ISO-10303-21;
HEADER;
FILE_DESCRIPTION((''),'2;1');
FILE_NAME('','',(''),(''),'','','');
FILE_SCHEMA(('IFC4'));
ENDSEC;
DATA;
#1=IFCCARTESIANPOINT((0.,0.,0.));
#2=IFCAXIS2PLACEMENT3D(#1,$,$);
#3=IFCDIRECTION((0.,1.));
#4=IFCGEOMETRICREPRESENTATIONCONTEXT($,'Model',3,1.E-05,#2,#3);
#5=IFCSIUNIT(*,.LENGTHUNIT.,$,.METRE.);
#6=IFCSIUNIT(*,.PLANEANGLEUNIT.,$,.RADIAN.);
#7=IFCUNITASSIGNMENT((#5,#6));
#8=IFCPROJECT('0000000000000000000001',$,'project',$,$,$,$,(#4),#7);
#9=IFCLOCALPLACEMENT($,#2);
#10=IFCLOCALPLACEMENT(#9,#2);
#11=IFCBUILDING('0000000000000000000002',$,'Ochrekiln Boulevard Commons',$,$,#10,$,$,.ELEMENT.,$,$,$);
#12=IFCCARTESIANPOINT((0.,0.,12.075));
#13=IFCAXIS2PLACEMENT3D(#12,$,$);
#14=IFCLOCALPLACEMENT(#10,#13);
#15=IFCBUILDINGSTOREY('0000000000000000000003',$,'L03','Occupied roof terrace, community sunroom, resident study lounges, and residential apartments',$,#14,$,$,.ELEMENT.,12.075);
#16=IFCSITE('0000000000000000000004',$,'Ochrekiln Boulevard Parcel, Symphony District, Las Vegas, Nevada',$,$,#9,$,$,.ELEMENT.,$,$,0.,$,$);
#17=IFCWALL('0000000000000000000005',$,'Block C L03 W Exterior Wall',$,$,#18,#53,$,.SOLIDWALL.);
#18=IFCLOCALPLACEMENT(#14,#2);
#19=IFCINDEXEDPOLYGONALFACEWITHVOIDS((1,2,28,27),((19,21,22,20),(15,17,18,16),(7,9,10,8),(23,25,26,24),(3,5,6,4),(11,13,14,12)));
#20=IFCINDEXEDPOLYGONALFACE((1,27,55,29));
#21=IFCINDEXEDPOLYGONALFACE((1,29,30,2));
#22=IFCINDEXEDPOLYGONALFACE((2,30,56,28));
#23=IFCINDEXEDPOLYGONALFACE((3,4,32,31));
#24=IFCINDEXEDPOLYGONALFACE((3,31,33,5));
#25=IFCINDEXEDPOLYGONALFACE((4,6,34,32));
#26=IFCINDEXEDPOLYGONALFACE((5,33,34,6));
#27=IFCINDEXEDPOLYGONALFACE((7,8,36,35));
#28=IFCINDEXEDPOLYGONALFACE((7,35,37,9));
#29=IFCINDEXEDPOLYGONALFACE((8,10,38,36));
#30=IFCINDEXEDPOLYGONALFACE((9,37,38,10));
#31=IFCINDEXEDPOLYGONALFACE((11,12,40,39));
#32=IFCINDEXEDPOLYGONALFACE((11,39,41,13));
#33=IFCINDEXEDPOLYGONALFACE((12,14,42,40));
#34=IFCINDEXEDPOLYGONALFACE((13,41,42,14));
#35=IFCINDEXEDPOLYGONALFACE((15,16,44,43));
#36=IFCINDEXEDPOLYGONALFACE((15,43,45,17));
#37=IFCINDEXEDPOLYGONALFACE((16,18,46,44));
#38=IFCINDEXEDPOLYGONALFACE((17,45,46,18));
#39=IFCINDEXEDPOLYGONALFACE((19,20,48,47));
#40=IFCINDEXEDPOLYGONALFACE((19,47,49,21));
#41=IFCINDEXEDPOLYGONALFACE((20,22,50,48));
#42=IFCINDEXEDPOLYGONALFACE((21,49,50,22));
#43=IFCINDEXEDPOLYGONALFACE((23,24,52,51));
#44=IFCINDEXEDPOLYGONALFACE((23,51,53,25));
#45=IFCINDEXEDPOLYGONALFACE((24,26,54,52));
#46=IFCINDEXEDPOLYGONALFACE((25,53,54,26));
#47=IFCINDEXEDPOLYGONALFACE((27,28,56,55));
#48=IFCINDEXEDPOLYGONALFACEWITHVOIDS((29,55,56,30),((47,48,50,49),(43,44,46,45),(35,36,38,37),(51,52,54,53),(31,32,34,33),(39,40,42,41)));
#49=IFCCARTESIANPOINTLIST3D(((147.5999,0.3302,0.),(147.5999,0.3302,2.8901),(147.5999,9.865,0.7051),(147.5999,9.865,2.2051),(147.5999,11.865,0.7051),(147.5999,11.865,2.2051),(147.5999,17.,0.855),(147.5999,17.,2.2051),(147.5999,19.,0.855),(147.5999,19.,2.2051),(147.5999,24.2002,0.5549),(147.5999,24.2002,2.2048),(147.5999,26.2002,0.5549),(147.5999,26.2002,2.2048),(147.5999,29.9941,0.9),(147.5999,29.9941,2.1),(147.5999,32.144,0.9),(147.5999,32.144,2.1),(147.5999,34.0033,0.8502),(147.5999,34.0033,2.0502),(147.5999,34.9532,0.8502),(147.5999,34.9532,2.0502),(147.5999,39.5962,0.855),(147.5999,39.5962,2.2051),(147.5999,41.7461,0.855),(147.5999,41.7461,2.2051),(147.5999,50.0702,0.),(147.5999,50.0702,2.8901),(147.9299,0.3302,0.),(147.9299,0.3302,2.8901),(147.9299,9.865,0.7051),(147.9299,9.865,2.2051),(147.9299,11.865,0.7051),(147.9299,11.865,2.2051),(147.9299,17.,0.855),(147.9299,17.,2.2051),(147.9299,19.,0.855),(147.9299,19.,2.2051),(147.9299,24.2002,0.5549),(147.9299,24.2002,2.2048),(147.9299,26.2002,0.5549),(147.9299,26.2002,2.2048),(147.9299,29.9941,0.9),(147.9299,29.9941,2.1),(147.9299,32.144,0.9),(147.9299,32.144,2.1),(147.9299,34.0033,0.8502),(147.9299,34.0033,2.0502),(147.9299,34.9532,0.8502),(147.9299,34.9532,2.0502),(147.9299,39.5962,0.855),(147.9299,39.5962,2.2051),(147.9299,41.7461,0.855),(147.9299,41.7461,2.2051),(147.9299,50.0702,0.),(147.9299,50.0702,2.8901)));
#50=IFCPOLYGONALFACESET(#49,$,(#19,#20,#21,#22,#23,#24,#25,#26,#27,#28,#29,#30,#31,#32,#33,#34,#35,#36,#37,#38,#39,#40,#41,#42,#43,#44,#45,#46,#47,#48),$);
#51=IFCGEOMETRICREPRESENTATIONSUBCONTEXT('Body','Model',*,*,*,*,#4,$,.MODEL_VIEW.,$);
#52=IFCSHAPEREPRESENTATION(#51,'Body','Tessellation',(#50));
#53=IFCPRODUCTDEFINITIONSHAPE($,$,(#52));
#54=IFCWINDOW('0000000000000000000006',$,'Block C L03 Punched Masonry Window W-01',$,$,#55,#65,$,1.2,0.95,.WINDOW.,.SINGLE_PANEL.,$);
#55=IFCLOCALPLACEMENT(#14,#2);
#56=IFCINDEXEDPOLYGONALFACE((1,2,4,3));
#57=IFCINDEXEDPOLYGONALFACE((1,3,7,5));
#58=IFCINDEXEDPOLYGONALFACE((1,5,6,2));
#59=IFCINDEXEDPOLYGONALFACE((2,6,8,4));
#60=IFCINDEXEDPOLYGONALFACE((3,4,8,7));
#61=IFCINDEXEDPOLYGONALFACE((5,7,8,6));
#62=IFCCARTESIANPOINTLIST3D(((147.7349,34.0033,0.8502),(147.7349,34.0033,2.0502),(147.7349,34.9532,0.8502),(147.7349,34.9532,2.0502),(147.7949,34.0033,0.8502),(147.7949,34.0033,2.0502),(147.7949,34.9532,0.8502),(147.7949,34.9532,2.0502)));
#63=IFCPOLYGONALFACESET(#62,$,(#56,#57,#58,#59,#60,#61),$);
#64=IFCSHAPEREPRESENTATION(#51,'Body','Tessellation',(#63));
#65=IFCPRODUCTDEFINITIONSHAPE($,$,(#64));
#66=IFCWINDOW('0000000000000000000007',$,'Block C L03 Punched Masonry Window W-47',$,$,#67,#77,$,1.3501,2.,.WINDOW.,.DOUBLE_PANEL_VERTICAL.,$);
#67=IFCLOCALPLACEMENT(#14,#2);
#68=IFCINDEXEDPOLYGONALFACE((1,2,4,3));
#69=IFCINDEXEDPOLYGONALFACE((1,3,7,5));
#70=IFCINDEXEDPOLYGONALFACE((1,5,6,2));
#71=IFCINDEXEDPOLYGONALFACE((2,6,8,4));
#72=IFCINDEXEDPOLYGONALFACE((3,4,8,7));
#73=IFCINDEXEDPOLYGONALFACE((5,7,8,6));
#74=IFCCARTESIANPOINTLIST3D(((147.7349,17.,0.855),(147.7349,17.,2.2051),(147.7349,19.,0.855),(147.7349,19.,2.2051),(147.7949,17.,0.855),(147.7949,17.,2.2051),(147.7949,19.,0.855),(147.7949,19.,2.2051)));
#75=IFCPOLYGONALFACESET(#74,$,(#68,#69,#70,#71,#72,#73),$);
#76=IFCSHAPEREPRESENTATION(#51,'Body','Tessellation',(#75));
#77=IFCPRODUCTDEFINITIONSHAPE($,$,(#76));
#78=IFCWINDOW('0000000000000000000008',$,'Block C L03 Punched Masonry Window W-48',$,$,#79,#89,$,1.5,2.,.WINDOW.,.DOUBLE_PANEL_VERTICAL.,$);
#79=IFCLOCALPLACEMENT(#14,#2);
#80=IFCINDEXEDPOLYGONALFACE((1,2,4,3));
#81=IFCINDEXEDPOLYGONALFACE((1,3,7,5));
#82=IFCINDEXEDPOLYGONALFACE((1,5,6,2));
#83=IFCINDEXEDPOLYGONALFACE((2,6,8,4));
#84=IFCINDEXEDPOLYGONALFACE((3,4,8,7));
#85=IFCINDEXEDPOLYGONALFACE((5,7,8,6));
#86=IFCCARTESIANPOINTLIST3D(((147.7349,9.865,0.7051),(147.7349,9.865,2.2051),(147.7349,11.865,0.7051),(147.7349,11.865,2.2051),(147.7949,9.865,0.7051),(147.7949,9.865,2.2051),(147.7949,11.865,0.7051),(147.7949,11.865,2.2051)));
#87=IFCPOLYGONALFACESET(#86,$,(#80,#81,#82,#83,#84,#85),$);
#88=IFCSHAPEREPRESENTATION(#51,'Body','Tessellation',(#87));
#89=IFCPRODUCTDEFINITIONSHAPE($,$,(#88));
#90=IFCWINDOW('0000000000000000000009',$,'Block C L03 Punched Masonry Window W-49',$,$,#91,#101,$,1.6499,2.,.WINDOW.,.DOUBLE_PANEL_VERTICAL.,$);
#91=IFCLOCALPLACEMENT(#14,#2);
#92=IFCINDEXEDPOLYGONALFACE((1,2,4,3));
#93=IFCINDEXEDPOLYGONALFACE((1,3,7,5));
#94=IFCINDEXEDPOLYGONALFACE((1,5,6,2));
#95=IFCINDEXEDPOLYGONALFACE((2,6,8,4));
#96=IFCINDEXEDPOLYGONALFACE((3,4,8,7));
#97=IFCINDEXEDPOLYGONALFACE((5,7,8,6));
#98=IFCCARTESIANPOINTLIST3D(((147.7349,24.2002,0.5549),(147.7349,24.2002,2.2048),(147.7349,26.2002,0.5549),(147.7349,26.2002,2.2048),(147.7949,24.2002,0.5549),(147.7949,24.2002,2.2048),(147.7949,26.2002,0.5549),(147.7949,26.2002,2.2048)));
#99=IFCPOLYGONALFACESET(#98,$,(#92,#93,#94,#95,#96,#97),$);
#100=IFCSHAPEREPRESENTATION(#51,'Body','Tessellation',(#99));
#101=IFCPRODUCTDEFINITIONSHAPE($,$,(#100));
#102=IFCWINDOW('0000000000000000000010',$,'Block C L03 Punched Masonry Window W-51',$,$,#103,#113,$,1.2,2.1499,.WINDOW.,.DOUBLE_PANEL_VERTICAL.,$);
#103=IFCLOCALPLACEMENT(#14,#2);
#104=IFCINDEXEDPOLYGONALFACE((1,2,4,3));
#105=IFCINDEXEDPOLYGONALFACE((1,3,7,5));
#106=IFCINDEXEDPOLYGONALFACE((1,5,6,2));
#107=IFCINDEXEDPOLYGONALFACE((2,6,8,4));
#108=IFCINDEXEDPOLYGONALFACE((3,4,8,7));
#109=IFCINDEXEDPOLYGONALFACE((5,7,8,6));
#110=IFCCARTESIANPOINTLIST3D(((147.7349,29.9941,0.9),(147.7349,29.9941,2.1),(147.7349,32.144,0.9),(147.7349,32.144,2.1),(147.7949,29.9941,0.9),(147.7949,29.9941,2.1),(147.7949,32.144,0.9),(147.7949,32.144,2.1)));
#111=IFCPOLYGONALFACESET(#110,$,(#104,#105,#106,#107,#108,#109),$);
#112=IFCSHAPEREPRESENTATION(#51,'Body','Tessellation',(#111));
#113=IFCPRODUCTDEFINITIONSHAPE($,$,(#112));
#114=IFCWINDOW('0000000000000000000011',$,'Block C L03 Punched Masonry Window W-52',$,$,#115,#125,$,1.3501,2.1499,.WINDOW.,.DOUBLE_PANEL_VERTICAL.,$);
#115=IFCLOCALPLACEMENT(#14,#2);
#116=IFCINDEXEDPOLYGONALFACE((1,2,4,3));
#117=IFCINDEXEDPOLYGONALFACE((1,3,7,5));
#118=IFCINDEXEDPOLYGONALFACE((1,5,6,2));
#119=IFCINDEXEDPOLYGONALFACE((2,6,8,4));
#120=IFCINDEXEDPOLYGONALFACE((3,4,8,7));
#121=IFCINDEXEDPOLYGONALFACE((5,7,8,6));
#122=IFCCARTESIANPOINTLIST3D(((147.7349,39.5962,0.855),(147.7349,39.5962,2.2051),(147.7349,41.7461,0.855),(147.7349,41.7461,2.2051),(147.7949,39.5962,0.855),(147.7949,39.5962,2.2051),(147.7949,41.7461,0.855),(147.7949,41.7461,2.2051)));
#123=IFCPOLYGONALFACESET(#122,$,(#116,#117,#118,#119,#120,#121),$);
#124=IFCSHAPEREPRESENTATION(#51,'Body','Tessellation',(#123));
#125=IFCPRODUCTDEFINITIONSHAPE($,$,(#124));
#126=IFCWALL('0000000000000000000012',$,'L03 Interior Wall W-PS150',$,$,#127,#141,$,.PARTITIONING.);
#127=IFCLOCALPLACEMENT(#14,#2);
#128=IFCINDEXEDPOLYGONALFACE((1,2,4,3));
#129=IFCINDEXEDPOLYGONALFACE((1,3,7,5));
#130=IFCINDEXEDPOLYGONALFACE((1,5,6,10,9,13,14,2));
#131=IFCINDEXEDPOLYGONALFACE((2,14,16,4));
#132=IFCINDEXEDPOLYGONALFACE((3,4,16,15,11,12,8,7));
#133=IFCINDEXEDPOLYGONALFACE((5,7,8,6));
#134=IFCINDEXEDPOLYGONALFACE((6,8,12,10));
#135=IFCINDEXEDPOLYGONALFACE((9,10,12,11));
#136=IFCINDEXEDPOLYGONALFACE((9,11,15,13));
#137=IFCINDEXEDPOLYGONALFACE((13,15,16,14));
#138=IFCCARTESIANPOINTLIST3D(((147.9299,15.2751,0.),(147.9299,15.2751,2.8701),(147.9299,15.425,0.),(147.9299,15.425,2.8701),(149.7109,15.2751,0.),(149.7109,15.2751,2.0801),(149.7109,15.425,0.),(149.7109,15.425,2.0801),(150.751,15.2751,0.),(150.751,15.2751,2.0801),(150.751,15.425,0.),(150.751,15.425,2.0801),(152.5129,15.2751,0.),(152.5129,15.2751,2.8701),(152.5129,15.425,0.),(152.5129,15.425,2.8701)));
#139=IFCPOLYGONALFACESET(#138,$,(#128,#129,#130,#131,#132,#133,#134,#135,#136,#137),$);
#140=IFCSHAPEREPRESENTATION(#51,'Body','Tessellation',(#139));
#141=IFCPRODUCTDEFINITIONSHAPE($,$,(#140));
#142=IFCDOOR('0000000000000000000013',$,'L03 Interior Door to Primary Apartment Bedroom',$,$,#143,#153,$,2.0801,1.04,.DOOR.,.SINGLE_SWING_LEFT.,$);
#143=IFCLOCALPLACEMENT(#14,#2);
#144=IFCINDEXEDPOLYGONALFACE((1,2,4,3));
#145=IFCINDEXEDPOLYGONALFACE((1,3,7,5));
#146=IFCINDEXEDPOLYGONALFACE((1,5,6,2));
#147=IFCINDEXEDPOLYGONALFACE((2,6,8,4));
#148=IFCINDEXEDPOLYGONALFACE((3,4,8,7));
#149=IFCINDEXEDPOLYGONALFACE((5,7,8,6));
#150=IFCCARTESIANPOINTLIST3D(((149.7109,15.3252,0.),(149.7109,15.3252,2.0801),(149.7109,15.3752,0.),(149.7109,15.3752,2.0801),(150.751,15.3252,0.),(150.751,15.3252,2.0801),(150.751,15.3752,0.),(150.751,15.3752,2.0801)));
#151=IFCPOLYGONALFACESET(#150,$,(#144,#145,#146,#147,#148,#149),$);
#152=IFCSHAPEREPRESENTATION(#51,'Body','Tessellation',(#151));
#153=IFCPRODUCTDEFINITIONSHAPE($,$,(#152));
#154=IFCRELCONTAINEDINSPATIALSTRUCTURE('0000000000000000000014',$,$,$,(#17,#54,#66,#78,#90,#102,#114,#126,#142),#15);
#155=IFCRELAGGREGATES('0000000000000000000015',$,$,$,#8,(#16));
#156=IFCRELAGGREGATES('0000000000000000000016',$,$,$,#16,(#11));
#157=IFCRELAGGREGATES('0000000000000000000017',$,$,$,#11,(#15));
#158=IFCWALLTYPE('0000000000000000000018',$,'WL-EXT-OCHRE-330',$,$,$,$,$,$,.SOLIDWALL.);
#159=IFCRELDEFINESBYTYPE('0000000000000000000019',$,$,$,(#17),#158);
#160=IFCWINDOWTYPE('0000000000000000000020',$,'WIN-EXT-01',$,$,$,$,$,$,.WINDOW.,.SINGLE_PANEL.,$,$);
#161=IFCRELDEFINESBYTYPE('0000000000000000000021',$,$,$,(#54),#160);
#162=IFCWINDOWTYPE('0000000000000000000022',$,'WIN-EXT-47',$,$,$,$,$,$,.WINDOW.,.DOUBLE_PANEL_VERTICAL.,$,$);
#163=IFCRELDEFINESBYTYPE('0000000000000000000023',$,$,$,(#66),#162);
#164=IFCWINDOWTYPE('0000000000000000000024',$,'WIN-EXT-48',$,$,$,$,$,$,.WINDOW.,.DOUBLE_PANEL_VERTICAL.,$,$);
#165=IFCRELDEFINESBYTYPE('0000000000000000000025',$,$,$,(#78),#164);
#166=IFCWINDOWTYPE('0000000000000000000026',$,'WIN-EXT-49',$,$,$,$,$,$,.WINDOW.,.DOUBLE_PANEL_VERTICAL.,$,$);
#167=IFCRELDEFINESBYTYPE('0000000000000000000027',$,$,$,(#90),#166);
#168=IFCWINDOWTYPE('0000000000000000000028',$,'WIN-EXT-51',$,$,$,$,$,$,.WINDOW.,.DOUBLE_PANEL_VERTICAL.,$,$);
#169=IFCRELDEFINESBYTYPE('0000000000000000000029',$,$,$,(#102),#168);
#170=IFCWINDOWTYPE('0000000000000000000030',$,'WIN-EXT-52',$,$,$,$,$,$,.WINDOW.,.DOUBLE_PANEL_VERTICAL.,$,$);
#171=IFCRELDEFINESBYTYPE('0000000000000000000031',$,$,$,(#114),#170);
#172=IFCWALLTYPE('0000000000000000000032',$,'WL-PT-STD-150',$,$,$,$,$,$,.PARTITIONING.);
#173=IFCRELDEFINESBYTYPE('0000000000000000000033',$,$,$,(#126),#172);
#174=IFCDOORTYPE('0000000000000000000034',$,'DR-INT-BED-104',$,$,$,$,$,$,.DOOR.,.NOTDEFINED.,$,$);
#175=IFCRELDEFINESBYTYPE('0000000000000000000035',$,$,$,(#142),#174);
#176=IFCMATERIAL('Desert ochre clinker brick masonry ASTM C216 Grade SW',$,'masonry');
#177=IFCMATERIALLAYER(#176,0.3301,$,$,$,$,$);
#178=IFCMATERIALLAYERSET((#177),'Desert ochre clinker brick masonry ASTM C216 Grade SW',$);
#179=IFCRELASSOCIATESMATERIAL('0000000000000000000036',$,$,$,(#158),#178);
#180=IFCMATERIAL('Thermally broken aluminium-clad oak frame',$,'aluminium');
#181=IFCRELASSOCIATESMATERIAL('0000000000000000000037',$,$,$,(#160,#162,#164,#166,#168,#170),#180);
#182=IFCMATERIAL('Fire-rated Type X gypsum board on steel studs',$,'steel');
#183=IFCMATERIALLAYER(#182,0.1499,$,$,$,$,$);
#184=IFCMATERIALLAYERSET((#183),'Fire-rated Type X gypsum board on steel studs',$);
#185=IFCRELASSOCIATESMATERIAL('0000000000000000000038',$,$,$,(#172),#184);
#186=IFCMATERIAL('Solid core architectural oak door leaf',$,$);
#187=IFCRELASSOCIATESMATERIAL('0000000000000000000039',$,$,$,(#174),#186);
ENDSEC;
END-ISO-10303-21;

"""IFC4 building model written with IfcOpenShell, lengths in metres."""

from ifc_helpers import new_model, si_unit, direction, frame, frame_2d, origin, place, context, subcontext, project, spatial, rectangle, extrude, material, layer, layer_set, type_object, element, fill, save


model = new_model("IFC4")

# Units and contexts
model_context = context("Model", 3, precision=1e-05, world=origin(), true_north=direction((0.0, 1.0)))
body_context = subcontext(model_context, "Body", "Model", "MODEL_VIEW")
ifc_project = project(units=[si_unit("LENGTHUNIT", "METRE"), si_unit("PLANEANGLEUNIT", "RADIAN")], contexts=[model_context])

# Site, building, storey
site_placement = place(None, origin())
site = spatial("IfcSite", under=ifc_project, at=site_placement, Name="Ochrekiln Boulevard Parcel, Symphony District, Las Vegas, Nevada", CompositionType="ELEMENT", RefElevation=0.0)
building_placement = place(site_placement, origin())
building = spatial("IfcBuilding", under=site, at=building_placement, Name="Ochrekiln Boulevard Commons", CompositionType="ELEMENT")
storey_placement = place(building_placement, frame((0.0, 0.0, 12.075)))
storey = spatial("IfcBuildingStorey", under=building, at=storey_placement, Name="L03", Description="Occupied roof terrace, community sunroom, resident study lounges, and residential apartments", CompositionType="ELEMENT", Elevation=12.075)

# Shared definitions
ifc_material_1 = material(Name="Desert ochre clinker brick masonry ASTM C216 Grade SW", Category="masonry")
ifc_layer_1 = layer(ifc_material_1, 0.3301)
ifc_layer_set_1 = layer_set([ifc_layer_1], Name="Desert ochre clinker brick masonry ASTM C216 Grade SW")
wall_type_1 = type_object("IfcWallType", Name="WL-EXT-OCHRE-330", PredefinedType="SOLIDWALL", material=ifc_layer_set_1)

# Wall, openings, windows
wall_1_placement = place(storey_placement, frame((147.7649, 0.3301, 0.0), z_axis=(0.0, 0.0, 1.0), x_axis=(0.0, 1.0, 0.0)))
wall_1 = element("IfcWall", 1, at=wall_1_placement, inside=storey, type_object=wall_type_1, Name="Block C L03 W Exterior Wall", PredefinedType="SOLIDWALL", context=body_context, shape_type="SweptSolid", body=[
    extrude(rectangle(XDim=49.74, YDim=0.3301, at=frame_2d((24.8701, 0.0))), origin(), (0.0, 0.0, 1.0), 2.8901),
])
opening_1_placement = place(wall_1_placement, frame((16.6699, 0.0, 0.855)))
opening_1 = element("IfcOpeningElement", 2, at=opening_1_placement, cuts=wall_1, PredefinedType="OPENING", context=body_context, shape_type="SweptSolid", body=[
    extrude(rectangle(XDim=2.0, YDim=1.3501, at=frame_2d((1.0, 0.675))), frame((0.0, 0.175, 0.0), z_axis=(0.0, -1.0, 0.0), x_axis=(1.0, 0.0, 0.0)), (0.0, 0.0, 1.0), 0.3501),
])
opening_2_placement = place(wall_1_placement, frame((9.5349, 0.0, 0.7051)))
opening_2 = element("IfcOpeningElement", 3, at=opening_2_placement, cuts=wall_1, PredefinedType="OPENING", context=body_context, shape_type="SweptSolid", body=[
    extrude(rectangle(XDim=2.0, YDim=1.5, at=frame_2d((1.0, 0.75))), frame((0.0, 0.175, 0.0), z_axis=(0.0, -1.0, 0.0), x_axis=(1.0, 0.0, 0.0)), (0.0, 0.0, 1.0), 0.3501),
])
opening_3_placement = place(wall_1_placement, frame((23.8701, 0.0, 0.5549)))
opening_3 = element("IfcOpeningElement", 4, at=opening_3_placement, cuts=wall_1, PredefinedType="OPENING", context=body_context, shape_type="SweptSolid", body=[
    extrude(rectangle(XDim=2.0, YDim=1.6499, at=frame_2d((1.0, 0.825))), frame((0.0, 0.175, 0.0), z_axis=(0.0, -1.0, 0.0), x_axis=(1.0, 0.0, 0.0)), (0.0, 0.0, 1.0), 0.3501),
])
opening_4_placement = place(wall_1_placement, frame((33.6731, 0.0, 0.8501)))
opening_4 = element("IfcOpeningElement", 5, at=opening_4_placement, cuts=wall_1, PredefinedType="OPENING", context=body_context, shape_type="SweptSolid", body=[
    extrude(rectangle(XDim=0.95, YDim=1.2, at=frame_2d((0.4751, 0.6001))), frame((0.0, 0.175, 0.0), z_axis=(0.0, -1.0, 0.0), x_axis=(1.0, 0.0, 0.0)), (0.0, 0.0, 1.0), 0.3501),
])
opening_5_placement = place(wall_1_placement, frame((29.6641, 0.0, 0.8999)))
opening_5 = element("IfcOpeningElement", 6, at=opening_5_placement, cuts=wall_1, PredefinedType="OPENING", context=body_context, shape_type="SweptSolid", body=[
    extrude(rectangle(XDim=2.1499, YDim=1.2, at=frame_2d((1.075, 0.6001))), frame((0.0, 0.175, 0.0), z_axis=(0.0, -1.0, 0.0), x_axis=(1.0, 0.0, 0.0)), (0.0, 0.0, 1.0), 0.3501),
])
opening_6_placement = place(wall_1_placement, frame((39.2661, 0.0, 0.855)))
opening_6 = element("IfcOpeningElement", 7, at=opening_6_placement, cuts=wall_1, PredefinedType="OPENING", context=body_context, shape_type="SweptSolid", body=[
    extrude(rectangle(XDim=2.1499, YDim=1.3501, at=frame_2d((1.075, 0.675))), frame((0.0, 0.175, 0.0), z_axis=(0.0, -1.0, 0.0), x_axis=(1.0, 0.0, 0.0)), (0.0, 0.0, 1.0), 0.3501),
])
ifc_material_2 = material(Name="Thermally broken aluminium-clad oak frame", Category="aluminium")
window_type_1 = type_object("IfcWindowType", Name="WIN-EXT-01", PartitioningType="SINGLE_PANEL", PredefinedType="WINDOW", material=ifc_material_2)
window_1_placement = place(opening_4_placement, origin())
window_1 = element("IfcWindow", 8, at=window_1_placement, inside=storey, type_object=window_type_1, Name="Block C L03 Punched Masonry Window W-01", OverallHeight=1.2, OverallWidth=0.95, PartitioningType="SINGLE_PANEL", PredefinedType="WINDOW", context=body_context, shape_type="SweptSolid", body=[
    extrude(rectangle(XDim=0.95, YDim=1.2, at=frame_2d((0.4751, 0.6001))), frame((0.0, 0.03, 0.0), z_axis=(0.0, -1.0, 0.0), x_axis=(1.0, 0.0, 0.0)), (0.0, 0.0, 1.0), 0.0601),
])
fill(opening_4, window_1)
window_type_2 = type_object("IfcWindowType", Name="WIN-EXT-47", PartitioningType="DOUBLE_PANEL_VERTICAL", PredefinedType="WINDOW", material=ifc_material_2)
window_2_placement = place(opening_1_placement, origin())
window_2 = element("IfcWindow", 9, at=window_2_placement, inside=storey, type_object=window_type_2, Name="Block C L03 Punched Masonry Window W-47", OverallHeight=1.3501, OverallWidth=2.0, PartitioningType="DOUBLE_PANEL_VERTICAL", PredefinedType="WINDOW", context=body_context, shape_type="SweptSolid", body=[
    extrude(rectangle(XDim=2.0, YDim=1.3501, at=frame_2d((1.0, 0.675))), frame((0.0, 0.03, 0.0), z_axis=(0.0, -1.0, 0.0), x_axis=(1.0, 0.0, 0.0)), (0.0, 0.0, 1.0), 0.0601),
])
fill(opening_1, window_2)
window_type_3 = type_object("IfcWindowType", Name="WIN-EXT-48", PartitioningType="DOUBLE_PANEL_VERTICAL", PredefinedType="WINDOW", material=ifc_material_2)
window_3_placement = place(opening_2_placement, origin())
window_3 = element("IfcWindow", 10, at=window_3_placement, inside=storey, type_object=window_type_3, Name="Block C L03 Punched Masonry Window W-48", OverallHeight=1.5, OverallWidth=2.0, PartitioningType="DOUBLE_PANEL_VERTICAL", PredefinedType="WINDOW", context=body_context, shape_type="SweptSolid", body=[
    extrude(rectangle(XDim=2.0, YDim=1.5, at=frame_2d((1.0, 0.75))), frame((0.0, 0.03, 0.0), z_axis=(0.0, -1.0, 0.0), x_axis=(1.0, 0.0, 0.0)), (0.0, 0.0, 1.0), 0.0601),
])
fill(opening_2, window_3)
window_type_4 = type_object("IfcWindowType", Name="WIN-EXT-49", PartitioningType="DOUBLE_PANEL_VERTICAL", PredefinedType="WINDOW", material=ifc_material_2)
window_4_placement = place(opening_3_placement, origin())
window_4 = element("IfcWindow", 11, at=window_4_placement, inside=storey, type_object=window_type_4, Name="Block C L03 Punched Masonry Window W-49", OverallHeight=1.6499, OverallWidth=2.0, PartitioningType="DOUBLE_PANEL_VERTICAL", PredefinedType="WINDOW", context=body_context, shape_type="SweptSolid", body=[
    extrude(rectangle(XDim=2.0, YDim=1.6499, at=frame_2d((1.0, 0.825))), frame((0.0, 0.03, 0.0), z_axis=(0.0, -1.0, 0.0), x_axis=(1.0, 0.0, 0.0)), (0.0, 0.0, 1.0), 0.0601),
])
fill(opening_3, window_4)
window_type_5 = type_object("IfcWindowType", Name="WIN-EXT-51", PartitioningType="DOUBLE_PANEL_VERTICAL", PredefinedType="WINDOW", material=ifc_material_2)
window_5_placement = place(opening_5_placement, origin())
window_5 = element("IfcWindow", 12, at=window_5_placement, inside=storey, type_object=window_type_5, Name="Block C L03 Punched Masonry Window W-51", OverallHeight=1.2, OverallWidth=2.1499, PartitioningType="DOUBLE_PANEL_VERTICAL", PredefinedType="WINDOW", context=body_context, shape_type="SweptSolid", body=[
    extrude(rectangle(XDim=2.1499, YDim=1.2, at=frame_2d((1.075, 0.6001))), frame((0.0, 0.03, 0.0), z_axis=(0.0, -1.0, 0.0), x_axis=(1.0, 0.0, 0.0)), (0.0, 0.0, 1.0), 0.0601),
])
fill(opening_5, window_5)
window_type_6 = type_object("IfcWindowType", Name="WIN-EXT-52", PartitioningType="DOUBLE_PANEL_VERTICAL", PredefinedType="WINDOW", material=ifc_material_2)
window_6_placement = place(opening_6_placement, origin())
window_6 = element("IfcWindow", 13, at=window_6_placement, inside=storey, type_object=window_type_6, Name="Block C L03 Punched Masonry Window W-52", OverallHeight=1.3501, OverallWidth=2.1499, PartitioningType="DOUBLE_PANEL_VERTICAL", PredefinedType="WINDOW", context=body_context, shape_type="SweptSolid", body=[
    extrude(rectangle(XDim=2.1499, YDim=1.3501, at=frame_2d((1.075, 0.675))), frame((0.0, 0.03, 0.0), z_axis=(0.0, -1.0, 0.0), x_axis=(1.0, 0.0, 0.0)), (0.0, 0.0, 1.0), 0.0601),
])
fill(opening_6, window_6)

# Wall, opening, door
ifc_material_3 = material(Name="Fire-rated Type X gypsum board on steel studs", Category="steel")
ifc_layer_2 = layer(ifc_material_3, 0.1499)
ifc_layer_set_2 = layer_set([ifc_layer_2], Name="Fire-rated Type X gypsum board on steel studs")
wall_type_2 = type_object("IfcWallType", Name="WL-PT-STD-150", PredefinedType="PARTITIONING", material=ifc_layer_set_2)
wall_2_placement = place(storey_placement, frame((147.9299, 15.3501, 0.0), z_axis=(0.0, 0.0, 1.0), x_axis=(1.0, 0.0, 0.0)))
wall_2 = element("IfcWall", 14, at=wall_2_placement, inside=storey, type_object=wall_type_2, Name="L03 Interior Wall W-PS150", PredefinedType="PARTITIONING", context=body_context, shape_type="SweptSolid", body=[
    extrude(rectangle(XDim=4.583, YDim=0.1499, at=frame_2d((2.2915, 0.0))), origin(), (0.0, 0.0, 1.0), 2.8701),
])
opening_7_placement = place(wall_2_placement, frame((1.781, 0.0, 0.0)))
opening_7 = element("IfcOpeningElement", 15, at=opening_7_placement, cuts=wall_2, PredefinedType="OPENING", context=body_context, shape_type="SweptSolid", body=[
    extrude(rectangle(XDim=1.04, YDim=2.0801, at=frame_2d((0.52, 1.04))), frame((0.0, 0.085, 0.0), z_axis=(0.0, -1.0, 0.0), x_axis=(1.0, 0.0, 0.0)), (0.0, 0.0, 1.0), 0.1699),
])
ifc_material_4 = material(Name="Solid core architectural oak door leaf")
door_type_1 = type_object("IfcDoorType", Name="DR-INT-BED-104", OperationType="NOTDEFINED", PredefinedType="DOOR", material=ifc_material_4)
door_1_placement = place(opening_7_placement, frame((1.04, 0.0, 0.0), z_axis=(0.0, 0.0, 1.0), x_axis=(-1.0, 0.0, 0.0)))
door_1 = element("IfcDoor", 16, at=door_1_placement, inside=storey, type_object=door_type_1, Name="L03 Interior Door to Primary Apartment Bedroom", OperationType="SINGLE_SWING_LEFT", OverallHeight=2.0801, OverallWidth=1.04, PredefinedType="DOOR", context=body_context, shape_type="SweptSolid", body=[
    extrude(rectangle(XDim=1.04, YDim=2.0801, at=frame_2d((0.52, 1.04))), frame((0.0, 0.0249, 0.0), z_axis=(0.0, -1.0, 0.0), x_axis=(1.0, 0.0, 0.0)), (0.0, 0.0, 1.0), 0.05),
])
fill(opening_7, door_1)

save(model, "model.ifc")
